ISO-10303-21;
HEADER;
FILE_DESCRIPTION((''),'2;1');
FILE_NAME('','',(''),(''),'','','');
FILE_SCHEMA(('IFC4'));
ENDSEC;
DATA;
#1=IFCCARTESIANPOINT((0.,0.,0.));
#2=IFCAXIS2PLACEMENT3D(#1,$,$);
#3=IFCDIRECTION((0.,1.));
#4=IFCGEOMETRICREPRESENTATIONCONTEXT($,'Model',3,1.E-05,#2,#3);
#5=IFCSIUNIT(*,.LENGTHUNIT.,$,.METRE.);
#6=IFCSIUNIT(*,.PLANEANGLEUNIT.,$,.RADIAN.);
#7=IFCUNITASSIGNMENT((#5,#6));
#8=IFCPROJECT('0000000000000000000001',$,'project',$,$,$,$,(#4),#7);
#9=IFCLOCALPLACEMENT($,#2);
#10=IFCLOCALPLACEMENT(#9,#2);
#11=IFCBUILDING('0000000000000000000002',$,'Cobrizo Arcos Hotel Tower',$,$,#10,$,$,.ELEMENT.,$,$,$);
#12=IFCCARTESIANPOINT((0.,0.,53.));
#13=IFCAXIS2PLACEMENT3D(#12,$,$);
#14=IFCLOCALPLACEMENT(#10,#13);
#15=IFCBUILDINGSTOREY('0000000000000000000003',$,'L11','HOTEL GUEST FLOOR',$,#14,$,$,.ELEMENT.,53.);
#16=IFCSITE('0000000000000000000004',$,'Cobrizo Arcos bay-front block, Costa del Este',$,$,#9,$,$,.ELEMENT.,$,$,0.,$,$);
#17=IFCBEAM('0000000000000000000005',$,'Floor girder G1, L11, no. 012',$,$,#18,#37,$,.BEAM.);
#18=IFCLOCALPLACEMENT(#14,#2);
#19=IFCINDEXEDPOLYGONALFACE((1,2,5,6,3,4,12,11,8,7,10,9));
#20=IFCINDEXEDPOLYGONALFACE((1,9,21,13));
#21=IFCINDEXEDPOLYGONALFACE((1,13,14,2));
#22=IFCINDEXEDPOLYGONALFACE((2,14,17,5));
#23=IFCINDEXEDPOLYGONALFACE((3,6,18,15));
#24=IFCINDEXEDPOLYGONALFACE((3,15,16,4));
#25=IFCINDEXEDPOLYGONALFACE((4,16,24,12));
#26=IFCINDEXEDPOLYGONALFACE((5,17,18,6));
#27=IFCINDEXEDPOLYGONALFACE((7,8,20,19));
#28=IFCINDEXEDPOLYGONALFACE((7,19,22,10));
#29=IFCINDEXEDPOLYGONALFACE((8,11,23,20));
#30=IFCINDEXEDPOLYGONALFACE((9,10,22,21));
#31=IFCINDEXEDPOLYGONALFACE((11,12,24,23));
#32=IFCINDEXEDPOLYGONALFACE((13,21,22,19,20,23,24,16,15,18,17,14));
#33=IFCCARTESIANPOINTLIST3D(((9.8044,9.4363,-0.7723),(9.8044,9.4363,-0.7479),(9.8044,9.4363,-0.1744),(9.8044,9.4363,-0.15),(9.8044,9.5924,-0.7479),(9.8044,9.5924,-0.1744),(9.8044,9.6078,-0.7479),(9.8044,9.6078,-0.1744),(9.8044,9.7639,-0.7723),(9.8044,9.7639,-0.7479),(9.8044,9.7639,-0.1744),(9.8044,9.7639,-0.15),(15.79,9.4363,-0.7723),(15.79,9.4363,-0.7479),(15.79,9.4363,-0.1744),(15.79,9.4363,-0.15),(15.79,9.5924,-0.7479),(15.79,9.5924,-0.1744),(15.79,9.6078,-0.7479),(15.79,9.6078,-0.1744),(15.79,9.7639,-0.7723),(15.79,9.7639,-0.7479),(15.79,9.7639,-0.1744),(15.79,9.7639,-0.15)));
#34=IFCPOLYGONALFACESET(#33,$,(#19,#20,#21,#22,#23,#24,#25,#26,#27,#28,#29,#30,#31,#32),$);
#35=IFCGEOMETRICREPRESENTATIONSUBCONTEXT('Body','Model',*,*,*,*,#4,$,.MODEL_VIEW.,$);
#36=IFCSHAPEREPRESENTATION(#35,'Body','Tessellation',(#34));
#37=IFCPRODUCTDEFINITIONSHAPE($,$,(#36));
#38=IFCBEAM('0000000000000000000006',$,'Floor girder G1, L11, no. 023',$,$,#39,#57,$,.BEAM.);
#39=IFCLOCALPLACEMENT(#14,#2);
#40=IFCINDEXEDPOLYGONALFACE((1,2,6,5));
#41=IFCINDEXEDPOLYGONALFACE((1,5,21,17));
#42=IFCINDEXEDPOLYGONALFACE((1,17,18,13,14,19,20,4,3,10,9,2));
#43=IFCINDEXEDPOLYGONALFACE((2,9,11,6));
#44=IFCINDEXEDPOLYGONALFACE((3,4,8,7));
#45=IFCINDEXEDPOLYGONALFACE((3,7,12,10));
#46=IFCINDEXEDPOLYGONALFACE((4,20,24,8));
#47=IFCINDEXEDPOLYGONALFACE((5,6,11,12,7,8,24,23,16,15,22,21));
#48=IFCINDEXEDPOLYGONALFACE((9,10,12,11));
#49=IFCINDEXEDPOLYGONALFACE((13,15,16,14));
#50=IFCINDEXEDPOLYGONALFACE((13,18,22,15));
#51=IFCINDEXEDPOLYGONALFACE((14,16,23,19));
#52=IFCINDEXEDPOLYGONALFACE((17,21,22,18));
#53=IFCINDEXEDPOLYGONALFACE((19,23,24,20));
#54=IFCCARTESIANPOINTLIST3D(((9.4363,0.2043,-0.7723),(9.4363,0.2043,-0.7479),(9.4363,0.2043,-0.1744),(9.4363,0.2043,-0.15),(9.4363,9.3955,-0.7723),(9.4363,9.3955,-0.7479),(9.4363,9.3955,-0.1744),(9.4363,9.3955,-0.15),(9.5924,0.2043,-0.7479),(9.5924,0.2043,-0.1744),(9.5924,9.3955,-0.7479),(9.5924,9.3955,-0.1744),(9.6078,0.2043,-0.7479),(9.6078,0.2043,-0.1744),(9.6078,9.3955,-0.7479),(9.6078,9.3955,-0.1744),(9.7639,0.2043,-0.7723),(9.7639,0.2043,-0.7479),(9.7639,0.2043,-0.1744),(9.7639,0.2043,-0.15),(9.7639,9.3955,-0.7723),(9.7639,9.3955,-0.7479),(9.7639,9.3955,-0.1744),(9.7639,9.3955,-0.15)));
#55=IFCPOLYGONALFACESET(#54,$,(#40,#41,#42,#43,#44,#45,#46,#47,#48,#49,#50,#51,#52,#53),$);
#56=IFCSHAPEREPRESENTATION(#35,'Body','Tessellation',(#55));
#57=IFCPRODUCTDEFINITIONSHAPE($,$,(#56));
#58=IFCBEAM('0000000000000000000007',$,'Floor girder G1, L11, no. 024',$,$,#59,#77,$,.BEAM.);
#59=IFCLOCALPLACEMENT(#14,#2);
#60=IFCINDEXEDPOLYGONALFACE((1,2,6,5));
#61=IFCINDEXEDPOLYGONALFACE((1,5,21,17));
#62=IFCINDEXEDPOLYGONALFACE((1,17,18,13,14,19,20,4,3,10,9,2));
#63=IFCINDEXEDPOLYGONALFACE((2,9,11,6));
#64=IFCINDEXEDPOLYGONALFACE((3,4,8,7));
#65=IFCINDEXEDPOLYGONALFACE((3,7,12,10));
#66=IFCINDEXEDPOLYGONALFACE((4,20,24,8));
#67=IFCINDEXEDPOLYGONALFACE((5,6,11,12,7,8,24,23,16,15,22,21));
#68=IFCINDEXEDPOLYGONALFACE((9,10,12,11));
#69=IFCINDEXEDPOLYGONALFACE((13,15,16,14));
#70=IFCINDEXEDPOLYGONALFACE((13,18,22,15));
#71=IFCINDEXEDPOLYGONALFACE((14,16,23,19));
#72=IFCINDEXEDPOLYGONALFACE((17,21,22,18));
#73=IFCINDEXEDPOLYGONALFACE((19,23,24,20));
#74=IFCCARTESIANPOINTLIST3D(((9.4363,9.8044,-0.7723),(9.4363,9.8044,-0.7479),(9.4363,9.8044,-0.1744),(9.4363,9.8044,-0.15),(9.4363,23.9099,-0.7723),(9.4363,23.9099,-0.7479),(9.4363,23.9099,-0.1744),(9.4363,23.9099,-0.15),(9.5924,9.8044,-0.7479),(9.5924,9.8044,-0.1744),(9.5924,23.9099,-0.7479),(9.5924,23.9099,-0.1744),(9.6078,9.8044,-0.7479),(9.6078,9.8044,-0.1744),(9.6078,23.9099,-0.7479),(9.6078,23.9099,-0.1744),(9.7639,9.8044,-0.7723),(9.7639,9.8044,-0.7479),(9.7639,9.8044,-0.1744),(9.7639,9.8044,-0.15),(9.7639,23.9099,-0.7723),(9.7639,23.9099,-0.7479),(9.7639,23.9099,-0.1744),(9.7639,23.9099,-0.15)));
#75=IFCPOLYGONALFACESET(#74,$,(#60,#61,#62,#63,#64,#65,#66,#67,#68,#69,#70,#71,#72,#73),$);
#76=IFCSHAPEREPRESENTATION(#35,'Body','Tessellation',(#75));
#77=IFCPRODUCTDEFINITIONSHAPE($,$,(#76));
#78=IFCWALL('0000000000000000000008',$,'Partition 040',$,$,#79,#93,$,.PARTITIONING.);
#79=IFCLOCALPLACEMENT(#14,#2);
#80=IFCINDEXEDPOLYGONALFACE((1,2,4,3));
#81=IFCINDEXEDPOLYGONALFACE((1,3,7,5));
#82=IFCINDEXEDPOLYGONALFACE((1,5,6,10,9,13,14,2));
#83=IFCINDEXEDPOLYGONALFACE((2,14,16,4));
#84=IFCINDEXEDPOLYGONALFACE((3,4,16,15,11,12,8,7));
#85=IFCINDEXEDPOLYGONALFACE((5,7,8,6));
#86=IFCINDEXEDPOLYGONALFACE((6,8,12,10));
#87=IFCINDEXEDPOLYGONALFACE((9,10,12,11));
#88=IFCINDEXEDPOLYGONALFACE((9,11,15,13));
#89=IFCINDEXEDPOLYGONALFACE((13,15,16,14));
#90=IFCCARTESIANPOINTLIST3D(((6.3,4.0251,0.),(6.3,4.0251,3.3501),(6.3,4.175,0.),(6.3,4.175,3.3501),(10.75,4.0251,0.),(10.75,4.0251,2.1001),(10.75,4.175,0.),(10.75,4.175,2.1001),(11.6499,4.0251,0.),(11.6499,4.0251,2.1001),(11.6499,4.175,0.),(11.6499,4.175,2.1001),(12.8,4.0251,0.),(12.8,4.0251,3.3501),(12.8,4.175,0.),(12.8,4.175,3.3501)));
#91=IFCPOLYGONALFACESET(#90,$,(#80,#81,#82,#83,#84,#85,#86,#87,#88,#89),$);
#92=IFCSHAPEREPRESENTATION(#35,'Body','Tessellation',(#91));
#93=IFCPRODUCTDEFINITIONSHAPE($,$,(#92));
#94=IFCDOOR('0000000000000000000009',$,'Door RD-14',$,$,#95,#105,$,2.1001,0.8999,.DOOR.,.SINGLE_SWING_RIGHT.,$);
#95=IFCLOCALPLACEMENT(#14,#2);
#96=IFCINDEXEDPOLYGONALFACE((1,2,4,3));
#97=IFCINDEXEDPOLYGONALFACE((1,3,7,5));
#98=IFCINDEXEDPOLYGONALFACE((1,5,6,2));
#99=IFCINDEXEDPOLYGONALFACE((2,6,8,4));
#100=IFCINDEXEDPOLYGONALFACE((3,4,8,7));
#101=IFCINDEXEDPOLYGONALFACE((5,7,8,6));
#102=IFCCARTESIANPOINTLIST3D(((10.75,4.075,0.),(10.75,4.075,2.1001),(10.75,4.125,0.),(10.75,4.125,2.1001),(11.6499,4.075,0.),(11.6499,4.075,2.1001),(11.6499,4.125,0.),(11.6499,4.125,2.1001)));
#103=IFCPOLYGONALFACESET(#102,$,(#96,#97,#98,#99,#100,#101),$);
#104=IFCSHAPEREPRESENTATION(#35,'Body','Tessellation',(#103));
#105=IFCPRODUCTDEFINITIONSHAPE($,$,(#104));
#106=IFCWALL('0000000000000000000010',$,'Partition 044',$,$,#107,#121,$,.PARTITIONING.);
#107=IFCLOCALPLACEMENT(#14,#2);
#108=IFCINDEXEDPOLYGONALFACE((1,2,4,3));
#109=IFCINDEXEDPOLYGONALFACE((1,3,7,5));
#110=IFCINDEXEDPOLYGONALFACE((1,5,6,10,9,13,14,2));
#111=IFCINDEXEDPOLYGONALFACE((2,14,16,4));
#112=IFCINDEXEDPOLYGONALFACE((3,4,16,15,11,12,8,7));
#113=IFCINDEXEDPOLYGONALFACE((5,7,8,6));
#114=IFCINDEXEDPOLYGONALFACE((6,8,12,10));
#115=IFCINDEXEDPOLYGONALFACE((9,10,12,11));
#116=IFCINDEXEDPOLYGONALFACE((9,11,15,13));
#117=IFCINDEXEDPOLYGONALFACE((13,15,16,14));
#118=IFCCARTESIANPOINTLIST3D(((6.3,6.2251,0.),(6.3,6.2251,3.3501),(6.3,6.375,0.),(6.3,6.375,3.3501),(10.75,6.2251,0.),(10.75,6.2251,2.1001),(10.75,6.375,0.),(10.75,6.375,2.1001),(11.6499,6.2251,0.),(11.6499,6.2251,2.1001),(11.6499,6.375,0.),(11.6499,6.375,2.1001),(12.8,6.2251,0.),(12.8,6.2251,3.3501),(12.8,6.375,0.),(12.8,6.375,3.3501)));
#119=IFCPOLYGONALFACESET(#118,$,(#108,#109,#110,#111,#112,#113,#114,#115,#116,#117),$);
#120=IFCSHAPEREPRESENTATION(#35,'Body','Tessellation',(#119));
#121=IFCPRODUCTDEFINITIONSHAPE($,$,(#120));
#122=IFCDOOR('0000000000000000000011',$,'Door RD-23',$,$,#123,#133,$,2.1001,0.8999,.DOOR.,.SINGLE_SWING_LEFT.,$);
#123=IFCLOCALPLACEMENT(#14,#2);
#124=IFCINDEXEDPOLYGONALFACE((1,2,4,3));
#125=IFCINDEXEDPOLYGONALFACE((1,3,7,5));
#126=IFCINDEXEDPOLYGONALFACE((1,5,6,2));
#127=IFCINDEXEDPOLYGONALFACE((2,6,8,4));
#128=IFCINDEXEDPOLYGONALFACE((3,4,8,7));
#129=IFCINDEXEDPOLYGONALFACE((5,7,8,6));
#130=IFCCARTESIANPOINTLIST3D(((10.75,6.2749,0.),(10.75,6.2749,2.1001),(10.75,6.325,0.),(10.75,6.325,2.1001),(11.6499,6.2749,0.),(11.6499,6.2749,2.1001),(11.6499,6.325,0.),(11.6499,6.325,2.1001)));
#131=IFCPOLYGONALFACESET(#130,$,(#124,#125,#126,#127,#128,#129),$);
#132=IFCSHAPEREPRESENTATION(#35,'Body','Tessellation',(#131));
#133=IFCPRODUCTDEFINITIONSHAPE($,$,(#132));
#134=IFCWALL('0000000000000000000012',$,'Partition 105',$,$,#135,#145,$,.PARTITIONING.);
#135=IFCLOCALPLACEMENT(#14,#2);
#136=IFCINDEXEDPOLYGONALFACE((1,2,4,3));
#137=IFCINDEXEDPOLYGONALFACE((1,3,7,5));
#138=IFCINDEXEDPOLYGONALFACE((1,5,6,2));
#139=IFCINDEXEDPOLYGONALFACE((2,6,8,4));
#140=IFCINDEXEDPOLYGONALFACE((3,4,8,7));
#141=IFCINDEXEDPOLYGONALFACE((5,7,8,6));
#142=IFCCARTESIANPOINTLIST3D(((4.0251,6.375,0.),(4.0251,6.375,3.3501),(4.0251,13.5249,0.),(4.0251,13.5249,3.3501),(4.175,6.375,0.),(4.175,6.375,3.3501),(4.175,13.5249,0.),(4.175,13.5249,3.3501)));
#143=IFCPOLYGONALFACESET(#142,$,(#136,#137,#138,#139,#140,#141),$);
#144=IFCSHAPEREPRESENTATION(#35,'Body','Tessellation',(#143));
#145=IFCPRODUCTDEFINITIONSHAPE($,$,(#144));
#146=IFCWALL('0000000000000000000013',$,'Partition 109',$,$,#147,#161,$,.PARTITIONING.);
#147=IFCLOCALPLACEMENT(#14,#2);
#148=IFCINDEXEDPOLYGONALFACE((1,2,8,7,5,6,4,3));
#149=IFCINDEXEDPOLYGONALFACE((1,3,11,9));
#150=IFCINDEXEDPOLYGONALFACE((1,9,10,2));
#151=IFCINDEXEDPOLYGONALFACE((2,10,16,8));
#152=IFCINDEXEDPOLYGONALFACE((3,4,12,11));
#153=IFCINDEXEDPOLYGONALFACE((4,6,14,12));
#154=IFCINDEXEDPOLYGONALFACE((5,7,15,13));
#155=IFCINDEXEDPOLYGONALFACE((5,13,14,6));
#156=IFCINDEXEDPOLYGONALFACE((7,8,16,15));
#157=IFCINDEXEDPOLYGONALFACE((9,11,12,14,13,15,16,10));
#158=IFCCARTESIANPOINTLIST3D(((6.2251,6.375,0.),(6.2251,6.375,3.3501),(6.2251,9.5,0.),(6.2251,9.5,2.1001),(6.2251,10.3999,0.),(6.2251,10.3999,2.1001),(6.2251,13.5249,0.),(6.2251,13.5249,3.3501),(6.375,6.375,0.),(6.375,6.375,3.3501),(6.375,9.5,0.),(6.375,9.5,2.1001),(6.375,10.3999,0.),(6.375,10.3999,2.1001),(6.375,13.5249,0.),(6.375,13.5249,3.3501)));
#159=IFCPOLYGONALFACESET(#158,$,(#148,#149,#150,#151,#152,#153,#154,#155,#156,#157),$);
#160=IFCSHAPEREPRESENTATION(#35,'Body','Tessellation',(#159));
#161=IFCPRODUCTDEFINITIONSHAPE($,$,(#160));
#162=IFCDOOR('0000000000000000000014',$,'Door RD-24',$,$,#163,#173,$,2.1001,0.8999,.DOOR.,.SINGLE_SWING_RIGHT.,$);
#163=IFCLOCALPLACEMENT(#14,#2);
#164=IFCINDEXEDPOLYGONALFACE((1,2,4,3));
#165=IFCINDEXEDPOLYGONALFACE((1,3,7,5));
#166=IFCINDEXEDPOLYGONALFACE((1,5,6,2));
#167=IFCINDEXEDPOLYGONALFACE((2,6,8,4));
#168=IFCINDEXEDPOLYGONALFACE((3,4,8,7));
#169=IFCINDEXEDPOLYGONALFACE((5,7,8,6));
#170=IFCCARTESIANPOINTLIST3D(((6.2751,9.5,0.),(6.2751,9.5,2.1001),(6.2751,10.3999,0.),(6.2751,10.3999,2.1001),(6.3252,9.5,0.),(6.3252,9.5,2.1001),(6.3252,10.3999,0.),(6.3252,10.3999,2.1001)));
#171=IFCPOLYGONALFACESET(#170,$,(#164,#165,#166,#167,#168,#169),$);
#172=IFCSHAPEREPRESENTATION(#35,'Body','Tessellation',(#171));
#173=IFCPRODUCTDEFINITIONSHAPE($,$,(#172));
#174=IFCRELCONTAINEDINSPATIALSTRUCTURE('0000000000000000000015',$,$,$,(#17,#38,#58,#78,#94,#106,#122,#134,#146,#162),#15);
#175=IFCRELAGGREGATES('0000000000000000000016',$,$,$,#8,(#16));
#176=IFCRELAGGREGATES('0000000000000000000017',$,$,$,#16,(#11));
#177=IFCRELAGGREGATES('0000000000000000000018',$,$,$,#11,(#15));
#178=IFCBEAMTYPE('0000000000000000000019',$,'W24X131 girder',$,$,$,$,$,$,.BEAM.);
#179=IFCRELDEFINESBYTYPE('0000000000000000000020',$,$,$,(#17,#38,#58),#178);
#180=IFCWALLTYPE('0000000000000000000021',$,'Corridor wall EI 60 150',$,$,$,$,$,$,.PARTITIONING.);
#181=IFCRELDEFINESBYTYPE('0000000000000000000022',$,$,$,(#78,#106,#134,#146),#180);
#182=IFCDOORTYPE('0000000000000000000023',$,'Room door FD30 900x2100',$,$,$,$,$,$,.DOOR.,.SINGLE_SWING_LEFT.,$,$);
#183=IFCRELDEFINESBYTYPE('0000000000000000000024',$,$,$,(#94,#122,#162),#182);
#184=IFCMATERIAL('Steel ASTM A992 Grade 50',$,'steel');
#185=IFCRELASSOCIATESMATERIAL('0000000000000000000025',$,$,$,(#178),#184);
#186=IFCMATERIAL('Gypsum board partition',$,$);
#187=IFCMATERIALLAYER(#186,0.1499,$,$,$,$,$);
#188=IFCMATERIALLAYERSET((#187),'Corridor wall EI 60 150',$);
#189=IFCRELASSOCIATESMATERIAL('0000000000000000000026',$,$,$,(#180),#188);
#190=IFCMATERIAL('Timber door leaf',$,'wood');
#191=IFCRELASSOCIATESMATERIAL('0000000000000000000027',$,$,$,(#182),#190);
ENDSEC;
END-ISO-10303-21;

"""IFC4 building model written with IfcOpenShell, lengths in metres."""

from ifc_helpers import new_model, si_unit, direction, frame, frame_2d, origin, origin_2d, place, context, subcontext, project, spatial, rectangle, i_section, extrude, material, layer, layer_set, material_profile, profile_set, type_object, element, fill, save


model = new_model("IFC4")

# Units and contexts
model_context = context("Model", 3, precision=1e-05, world=origin(), true_north=direction((0.0, 1.0)))
body_context = subcontext(model_context, "Body", "Model", "MODEL_VIEW")
ifc_project = project(units=[si_unit("LENGTHUNIT", "METRE"), si_unit("PLANEANGLEUNIT", "RADIAN")], contexts=[model_context])

# Site, building, storey
site_placement = place(None, origin())
site = spatial("IfcSite", under=ifc_project, at=site_placement, Name="Cobrizo Arcos bay-front block, Costa del Este", CompositionType="ELEMENT", RefElevation=0.0)
building_placement = place(site_placement, origin())
building = spatial("IfcBuilding", under=site, at=building_placement, Name="Cobrizo Arcos Hotel Tower", CompositionType="ELEMENT")
storey_placement = place(building_placement, frame((0.0, 0.0, 53.0)))
storey = spatial("IfcBuildingStorey", under=building, at=storey_placement, Name="L11", Description="HOTEL GUEST FLOOR", CompositionType="ELEMENT", Elevation=53.0)

# Shared definitions
ifc_material_1 = material(Name="Steel ASTM A992 Grade 50", Category="steel")

# Beams
ifc_material_profile_1 = material_profile(ifc_material_1, i_section(OverallWidth=0.3276, OverallDepth=0.6223, WebThickness=0.0154, FlangeThickness=0.0244, at=origin_2d()), Name="W24X131")
ifc_profile_set_1 = profile_set([ifc_material_profile_1], Name="Steel ASTM A992 Grade 50")
beam_type_1 = type_object("IfcBeamType", Name="W24X131 girder", PredefinedType="BEAM", material=ifc_profile_set_1)
beam_1_placement = place(storey_placement, frame((9.8044, 9.6001, -0.4612), z_axis=(1.0, 0.0, 0.0), x_axis=(0.0, 1.0, 0.0)))
element("IfcBeam", 1, at=beam_1_placement, inside=storey, type_object=beam_type_1, Name="Floor girder G1, L11, no. 012", PredefinedType="BEAM", context=body_context, shape_type="SweptSolid", body=[
    extrude(i_section(OverallWidth=0.3276, OverallDepth=0.6223, WebThickness=0.0154, FlangeThickness=0.0244, at=origin_2d()), origin(), (0.0, 0.0, 1.0), 5.9856),
])
beam_2_placement = place(storey_placement, frame((9.6001, 0.2043, -0.4612), z_axis=(0.0, 1.0, 0.0), x_axis=(-1.0, 0.0, 0.0)))
element("IfcBeam", 2, at=beam_2_placement, inside=storey, type_object=beam_type_1, Name="Floor girder G1, L11, no. 023", PredefinedType="BEAM", context=body_context, shape_type="SweptSolid", body=[
    extrude(i_section(OverallWidth=0.3276, OverallDepth=0.6223, WebThickness=0.0154, FlangeThickness=0.0244, at=origin_2d()), origin(), (0.0, 0.0, 1.0), 9.1912),
])
beam_3_placement = place(storey_placement, frame((9.6001, 9.8044, -0.4612), z_axis=(0.0, 1.0, 0.0), x_axis=(-1.0, 0.0, 0.0)))
element("IfcBeam", 3, at=beam_3_placement, inside=storey, type_object=beam_type_1, Name="Floor girder G1, L11, no. 024", PredefinedType="BEAM", context=body_context, shape_type="SweptSolid", body=[
    extrude(i_section(OverallWidth=0.3276, OverallDepth=0.6223, WebThickness=0.0154, FlangeThickness=0.0244, at=origin_2d()), origin(), (0.0, 0.0, 1.0), 14.1055),
])

# Walls, openings, doors
ifc_material_2 = material(Name="Gypsum board partition")
ifc_layer_1 = layer(ifc_material_2, 0.1499)
ifc_layer_set_1 = layer_set([ifc_layer_1], Name="Corridor wall EI 60 150")
wall_type_1 = type_object("IfcWallType", Name="Corridor wall EI 60 150", PredefinedType="PARTITIONING", material=ifc_layer_set_1)
wall_1_placement = place(storey_placement, frame((6.3, 4.1001, 0.0), z_axis=(0.0, 0.0, 1.0), x_axis=(1.0, 0.0, 0.0)))
wall_1 = element("IfcWall", 4, at=wall_1_placement, inside=storey, type_object=wall_type_1, Name="Partition 040", PredefinedType="PARTITIONING", context=body_context, shape_type="SweptSolid", body=[
    extrude(rectangle(XDim=6.5, YDim=0.1499, at=frame_2d((3.25, 0.0))), origin(), (0.0, 0.0, 1.0), 3.3501),
])
opening_1_placement = place(wall_1_placement, frame((4.45, 0.0, 0.0)))
opening_1 = element("IfcOpeningElement", 5, at=opening_1_placement, cuts=wall_1, PredefinedType="OPENING", context=body_context, shape_type="SweptSolid", body=[
    extrude(rectangle(XDim=0.8999, YDim=2.1001, at=frame_2d((0.45, 1.05))), frame((0.0, 0.0869, 0.0), z_axis=(0.0, -1.0, 0.0), x_axis=(1.0, 0.0, 0.0)), (0.0, 0.0, 1.0), 0.1738),
])
ifc_material_3 = material(Name="Timber door leaf", Category="wood")
door_type_1 = type_object("IfcDoorType", Name="Room door FD30 900x2100", OperationType="SINGLE_SWING_LEFT", PredefinedType="DOOR", material=ifc_material_3)
door_1_placement = place(opening_1_placement, origin())
door_1 = element("IfcDoor", 6, at=door_1_placement, inside=storey, type_object=door_type_1, Name="Door RD-14", OperationType="SINGLE_SWING_RIGHT", OverallHeight=2.1001, OverallWidth=0.8999, PredefinedType="DOOR", context=body_context, shape_type="SweptSolid", body=[
    extrude(rectangle(XDim=0.8999, YDim=2.1001, at=frame_2d((0.45, 1.05))), frame((0.0, 0.0249, 0.0), z_axis=(0.0, -1.0, 0.0), x_axis=(1.0, 0.0, 0.0)), (0.0, 0.0, 1.0), 0.05),
])
fill(opening_1, door_1)
wall_2_placement = place(storey_placement, frame((6.3, 6.3, 0.0), z_axis=(0.0, 0.0, 1.0), x_axis=(1.0, 0.0, 0.0)))
wall_2 = element("IfcWall", 7, at=wall_2_placement, inside=storey, type_object=wall_type_1, Name="Partition 044", PredefinedType="PARTITIONING", context=body_context, shape_type="SweptSolid", body=[
    extrude(rectangle(XDim=6.5, YDim=0.1499, at=frame_2d((3.25, 0.0))), origin(), (0.0, 0.0, 1.0), 3.3501),
])
opening_2_placement = place(wall_2_placement, frame((4.45, 0.0, 0.0)))
opening_2 = element("IfcOpeningElement", 8, at=opening_2_placement, cuts=wall_2, PredefinedType="OPENING", context=body_context, shape_type="SweptSolid", body=[
    extrude(rectangle(XDim=0.8999, YDim=2.1001, at=frame_2d((0.45, 1.05))), frame((0.0, 0.0869, 0.0), z_axis=(0.0, -1.0, 0.0), x_axis=(1.0, 0.0, 0.0)), (0.0, 0.0, 1.0), 0.1738),
])
door_2_placement = place(opening_2_placement, origin())
door_2 = element("IfcDoor", 9, at=door_2_placement, inside=storey, type_object=door_type_1, Name="Door RD-23", OperationType="SINGLE_SWING_LEFT", OverallHeight=2.1001, OverallWidth=0.8999, PredefinedType="DOOR", context=body_context, shape_type="SweptSolid", body=[
    extrude(rectangle(XDim=0.8999, YDim=2.1001, at=frame_2d((0.45, 1.05))), frame((0.0, 0.0249, 0.0), z_axis=(0.0, -1.0, 0.0), x_axis=(1.0, 0.0, 0.0)), (0.0, 0.0, 1.0), 0.05),
])
fill(opening_2, door_2)

# Wall
wall_3_placement = place(storey_placement, frame((4.1001, 6.375, 0.0), z_axis=(0.0, 0.0, 1.0), x_axis=(0.0, 1.0, 0.0)))
element("IfcWall", 10, at=wall_3_placement, inside=storey, type_object=wall_type_1, Name="Partition 105", PredefinedType="PARTITIONING", context=body_context, shape_type="SweptSolid", body=[
    extrude(rectangle(XDim=7.1499, YDim=0.1499, at=frame_2d((3.575, 0.0))), origin(), (0.0, 0.0, 1.0), 3.3501),
])

# Wall, opening, door
wall_4_placement = place(storey_placement, frame((6.3, 6.375, 0.0), z_axis=(0.0, 0.0, 1.0), x_axis=(0.0, 1.0, 0.0)))
wall_4 = element("IfcWall", 11, at=wall_4_placement, inside=storey, type_object=wall_type_1, Name="Partition 109", PredefinedType="PARTITIONING", context=body_context, shape_type="SweptSolid", body=[
    extrude(rectangle(XDim=7.1499, YDim=0.1499, at=frame_2d((3.575, 0.0))), origin(), (0.0, 0.0, 1.0), 3.3501),
])
opening_3_placement = place(wall_4_placement, frame((3.125, 0.0, 0.0)))
opening_3 = element("IfcOpeningElement", 12, at=opening_3_placement, cuts=wall_4, PredefinedType="OPENING", context=body_context, shape_type="SweptSolid", body=[
    extrude(rectangle(XDim=0.8999, YDim=2.1001, at=frame_2d((0.45, 1.05))), frame((0.0, 0.0869, 0.0), z_axis=(0.0, -1.0, 0.0), x_axis=(1.0, 0.0, 0.0)), (0.0, 0.0, 1.0), 0.1738),
])
door_3_placement = place(opening_3_placement, origin())
door_3 = element("IfcDoor", 13, at=door_3_placement, inside=storey, type_object=door_type_1, Name="Door RD-24", OperationType="SINGLE_SWING_RIGHT", OverallHeight=2.1001, OverallWidth=0.8999, PredefinedType="DOOR", context=body_context, shape_type="SweptSolid", body=[
    extrude(rectangle(XDim=0.8999, YDim=2.1001, at=frame_2d((0.45, 1.05))), frame((0.0, 0.0249, 0.0), z_axis=(0.0, -1.0, 0.0), x_axis=(1.0, 0.0, 0.0)), (0.0, 0.0, 1.0), 0.05),
])
fill(opening_3, door_3)

save(model, "model.ifc")
